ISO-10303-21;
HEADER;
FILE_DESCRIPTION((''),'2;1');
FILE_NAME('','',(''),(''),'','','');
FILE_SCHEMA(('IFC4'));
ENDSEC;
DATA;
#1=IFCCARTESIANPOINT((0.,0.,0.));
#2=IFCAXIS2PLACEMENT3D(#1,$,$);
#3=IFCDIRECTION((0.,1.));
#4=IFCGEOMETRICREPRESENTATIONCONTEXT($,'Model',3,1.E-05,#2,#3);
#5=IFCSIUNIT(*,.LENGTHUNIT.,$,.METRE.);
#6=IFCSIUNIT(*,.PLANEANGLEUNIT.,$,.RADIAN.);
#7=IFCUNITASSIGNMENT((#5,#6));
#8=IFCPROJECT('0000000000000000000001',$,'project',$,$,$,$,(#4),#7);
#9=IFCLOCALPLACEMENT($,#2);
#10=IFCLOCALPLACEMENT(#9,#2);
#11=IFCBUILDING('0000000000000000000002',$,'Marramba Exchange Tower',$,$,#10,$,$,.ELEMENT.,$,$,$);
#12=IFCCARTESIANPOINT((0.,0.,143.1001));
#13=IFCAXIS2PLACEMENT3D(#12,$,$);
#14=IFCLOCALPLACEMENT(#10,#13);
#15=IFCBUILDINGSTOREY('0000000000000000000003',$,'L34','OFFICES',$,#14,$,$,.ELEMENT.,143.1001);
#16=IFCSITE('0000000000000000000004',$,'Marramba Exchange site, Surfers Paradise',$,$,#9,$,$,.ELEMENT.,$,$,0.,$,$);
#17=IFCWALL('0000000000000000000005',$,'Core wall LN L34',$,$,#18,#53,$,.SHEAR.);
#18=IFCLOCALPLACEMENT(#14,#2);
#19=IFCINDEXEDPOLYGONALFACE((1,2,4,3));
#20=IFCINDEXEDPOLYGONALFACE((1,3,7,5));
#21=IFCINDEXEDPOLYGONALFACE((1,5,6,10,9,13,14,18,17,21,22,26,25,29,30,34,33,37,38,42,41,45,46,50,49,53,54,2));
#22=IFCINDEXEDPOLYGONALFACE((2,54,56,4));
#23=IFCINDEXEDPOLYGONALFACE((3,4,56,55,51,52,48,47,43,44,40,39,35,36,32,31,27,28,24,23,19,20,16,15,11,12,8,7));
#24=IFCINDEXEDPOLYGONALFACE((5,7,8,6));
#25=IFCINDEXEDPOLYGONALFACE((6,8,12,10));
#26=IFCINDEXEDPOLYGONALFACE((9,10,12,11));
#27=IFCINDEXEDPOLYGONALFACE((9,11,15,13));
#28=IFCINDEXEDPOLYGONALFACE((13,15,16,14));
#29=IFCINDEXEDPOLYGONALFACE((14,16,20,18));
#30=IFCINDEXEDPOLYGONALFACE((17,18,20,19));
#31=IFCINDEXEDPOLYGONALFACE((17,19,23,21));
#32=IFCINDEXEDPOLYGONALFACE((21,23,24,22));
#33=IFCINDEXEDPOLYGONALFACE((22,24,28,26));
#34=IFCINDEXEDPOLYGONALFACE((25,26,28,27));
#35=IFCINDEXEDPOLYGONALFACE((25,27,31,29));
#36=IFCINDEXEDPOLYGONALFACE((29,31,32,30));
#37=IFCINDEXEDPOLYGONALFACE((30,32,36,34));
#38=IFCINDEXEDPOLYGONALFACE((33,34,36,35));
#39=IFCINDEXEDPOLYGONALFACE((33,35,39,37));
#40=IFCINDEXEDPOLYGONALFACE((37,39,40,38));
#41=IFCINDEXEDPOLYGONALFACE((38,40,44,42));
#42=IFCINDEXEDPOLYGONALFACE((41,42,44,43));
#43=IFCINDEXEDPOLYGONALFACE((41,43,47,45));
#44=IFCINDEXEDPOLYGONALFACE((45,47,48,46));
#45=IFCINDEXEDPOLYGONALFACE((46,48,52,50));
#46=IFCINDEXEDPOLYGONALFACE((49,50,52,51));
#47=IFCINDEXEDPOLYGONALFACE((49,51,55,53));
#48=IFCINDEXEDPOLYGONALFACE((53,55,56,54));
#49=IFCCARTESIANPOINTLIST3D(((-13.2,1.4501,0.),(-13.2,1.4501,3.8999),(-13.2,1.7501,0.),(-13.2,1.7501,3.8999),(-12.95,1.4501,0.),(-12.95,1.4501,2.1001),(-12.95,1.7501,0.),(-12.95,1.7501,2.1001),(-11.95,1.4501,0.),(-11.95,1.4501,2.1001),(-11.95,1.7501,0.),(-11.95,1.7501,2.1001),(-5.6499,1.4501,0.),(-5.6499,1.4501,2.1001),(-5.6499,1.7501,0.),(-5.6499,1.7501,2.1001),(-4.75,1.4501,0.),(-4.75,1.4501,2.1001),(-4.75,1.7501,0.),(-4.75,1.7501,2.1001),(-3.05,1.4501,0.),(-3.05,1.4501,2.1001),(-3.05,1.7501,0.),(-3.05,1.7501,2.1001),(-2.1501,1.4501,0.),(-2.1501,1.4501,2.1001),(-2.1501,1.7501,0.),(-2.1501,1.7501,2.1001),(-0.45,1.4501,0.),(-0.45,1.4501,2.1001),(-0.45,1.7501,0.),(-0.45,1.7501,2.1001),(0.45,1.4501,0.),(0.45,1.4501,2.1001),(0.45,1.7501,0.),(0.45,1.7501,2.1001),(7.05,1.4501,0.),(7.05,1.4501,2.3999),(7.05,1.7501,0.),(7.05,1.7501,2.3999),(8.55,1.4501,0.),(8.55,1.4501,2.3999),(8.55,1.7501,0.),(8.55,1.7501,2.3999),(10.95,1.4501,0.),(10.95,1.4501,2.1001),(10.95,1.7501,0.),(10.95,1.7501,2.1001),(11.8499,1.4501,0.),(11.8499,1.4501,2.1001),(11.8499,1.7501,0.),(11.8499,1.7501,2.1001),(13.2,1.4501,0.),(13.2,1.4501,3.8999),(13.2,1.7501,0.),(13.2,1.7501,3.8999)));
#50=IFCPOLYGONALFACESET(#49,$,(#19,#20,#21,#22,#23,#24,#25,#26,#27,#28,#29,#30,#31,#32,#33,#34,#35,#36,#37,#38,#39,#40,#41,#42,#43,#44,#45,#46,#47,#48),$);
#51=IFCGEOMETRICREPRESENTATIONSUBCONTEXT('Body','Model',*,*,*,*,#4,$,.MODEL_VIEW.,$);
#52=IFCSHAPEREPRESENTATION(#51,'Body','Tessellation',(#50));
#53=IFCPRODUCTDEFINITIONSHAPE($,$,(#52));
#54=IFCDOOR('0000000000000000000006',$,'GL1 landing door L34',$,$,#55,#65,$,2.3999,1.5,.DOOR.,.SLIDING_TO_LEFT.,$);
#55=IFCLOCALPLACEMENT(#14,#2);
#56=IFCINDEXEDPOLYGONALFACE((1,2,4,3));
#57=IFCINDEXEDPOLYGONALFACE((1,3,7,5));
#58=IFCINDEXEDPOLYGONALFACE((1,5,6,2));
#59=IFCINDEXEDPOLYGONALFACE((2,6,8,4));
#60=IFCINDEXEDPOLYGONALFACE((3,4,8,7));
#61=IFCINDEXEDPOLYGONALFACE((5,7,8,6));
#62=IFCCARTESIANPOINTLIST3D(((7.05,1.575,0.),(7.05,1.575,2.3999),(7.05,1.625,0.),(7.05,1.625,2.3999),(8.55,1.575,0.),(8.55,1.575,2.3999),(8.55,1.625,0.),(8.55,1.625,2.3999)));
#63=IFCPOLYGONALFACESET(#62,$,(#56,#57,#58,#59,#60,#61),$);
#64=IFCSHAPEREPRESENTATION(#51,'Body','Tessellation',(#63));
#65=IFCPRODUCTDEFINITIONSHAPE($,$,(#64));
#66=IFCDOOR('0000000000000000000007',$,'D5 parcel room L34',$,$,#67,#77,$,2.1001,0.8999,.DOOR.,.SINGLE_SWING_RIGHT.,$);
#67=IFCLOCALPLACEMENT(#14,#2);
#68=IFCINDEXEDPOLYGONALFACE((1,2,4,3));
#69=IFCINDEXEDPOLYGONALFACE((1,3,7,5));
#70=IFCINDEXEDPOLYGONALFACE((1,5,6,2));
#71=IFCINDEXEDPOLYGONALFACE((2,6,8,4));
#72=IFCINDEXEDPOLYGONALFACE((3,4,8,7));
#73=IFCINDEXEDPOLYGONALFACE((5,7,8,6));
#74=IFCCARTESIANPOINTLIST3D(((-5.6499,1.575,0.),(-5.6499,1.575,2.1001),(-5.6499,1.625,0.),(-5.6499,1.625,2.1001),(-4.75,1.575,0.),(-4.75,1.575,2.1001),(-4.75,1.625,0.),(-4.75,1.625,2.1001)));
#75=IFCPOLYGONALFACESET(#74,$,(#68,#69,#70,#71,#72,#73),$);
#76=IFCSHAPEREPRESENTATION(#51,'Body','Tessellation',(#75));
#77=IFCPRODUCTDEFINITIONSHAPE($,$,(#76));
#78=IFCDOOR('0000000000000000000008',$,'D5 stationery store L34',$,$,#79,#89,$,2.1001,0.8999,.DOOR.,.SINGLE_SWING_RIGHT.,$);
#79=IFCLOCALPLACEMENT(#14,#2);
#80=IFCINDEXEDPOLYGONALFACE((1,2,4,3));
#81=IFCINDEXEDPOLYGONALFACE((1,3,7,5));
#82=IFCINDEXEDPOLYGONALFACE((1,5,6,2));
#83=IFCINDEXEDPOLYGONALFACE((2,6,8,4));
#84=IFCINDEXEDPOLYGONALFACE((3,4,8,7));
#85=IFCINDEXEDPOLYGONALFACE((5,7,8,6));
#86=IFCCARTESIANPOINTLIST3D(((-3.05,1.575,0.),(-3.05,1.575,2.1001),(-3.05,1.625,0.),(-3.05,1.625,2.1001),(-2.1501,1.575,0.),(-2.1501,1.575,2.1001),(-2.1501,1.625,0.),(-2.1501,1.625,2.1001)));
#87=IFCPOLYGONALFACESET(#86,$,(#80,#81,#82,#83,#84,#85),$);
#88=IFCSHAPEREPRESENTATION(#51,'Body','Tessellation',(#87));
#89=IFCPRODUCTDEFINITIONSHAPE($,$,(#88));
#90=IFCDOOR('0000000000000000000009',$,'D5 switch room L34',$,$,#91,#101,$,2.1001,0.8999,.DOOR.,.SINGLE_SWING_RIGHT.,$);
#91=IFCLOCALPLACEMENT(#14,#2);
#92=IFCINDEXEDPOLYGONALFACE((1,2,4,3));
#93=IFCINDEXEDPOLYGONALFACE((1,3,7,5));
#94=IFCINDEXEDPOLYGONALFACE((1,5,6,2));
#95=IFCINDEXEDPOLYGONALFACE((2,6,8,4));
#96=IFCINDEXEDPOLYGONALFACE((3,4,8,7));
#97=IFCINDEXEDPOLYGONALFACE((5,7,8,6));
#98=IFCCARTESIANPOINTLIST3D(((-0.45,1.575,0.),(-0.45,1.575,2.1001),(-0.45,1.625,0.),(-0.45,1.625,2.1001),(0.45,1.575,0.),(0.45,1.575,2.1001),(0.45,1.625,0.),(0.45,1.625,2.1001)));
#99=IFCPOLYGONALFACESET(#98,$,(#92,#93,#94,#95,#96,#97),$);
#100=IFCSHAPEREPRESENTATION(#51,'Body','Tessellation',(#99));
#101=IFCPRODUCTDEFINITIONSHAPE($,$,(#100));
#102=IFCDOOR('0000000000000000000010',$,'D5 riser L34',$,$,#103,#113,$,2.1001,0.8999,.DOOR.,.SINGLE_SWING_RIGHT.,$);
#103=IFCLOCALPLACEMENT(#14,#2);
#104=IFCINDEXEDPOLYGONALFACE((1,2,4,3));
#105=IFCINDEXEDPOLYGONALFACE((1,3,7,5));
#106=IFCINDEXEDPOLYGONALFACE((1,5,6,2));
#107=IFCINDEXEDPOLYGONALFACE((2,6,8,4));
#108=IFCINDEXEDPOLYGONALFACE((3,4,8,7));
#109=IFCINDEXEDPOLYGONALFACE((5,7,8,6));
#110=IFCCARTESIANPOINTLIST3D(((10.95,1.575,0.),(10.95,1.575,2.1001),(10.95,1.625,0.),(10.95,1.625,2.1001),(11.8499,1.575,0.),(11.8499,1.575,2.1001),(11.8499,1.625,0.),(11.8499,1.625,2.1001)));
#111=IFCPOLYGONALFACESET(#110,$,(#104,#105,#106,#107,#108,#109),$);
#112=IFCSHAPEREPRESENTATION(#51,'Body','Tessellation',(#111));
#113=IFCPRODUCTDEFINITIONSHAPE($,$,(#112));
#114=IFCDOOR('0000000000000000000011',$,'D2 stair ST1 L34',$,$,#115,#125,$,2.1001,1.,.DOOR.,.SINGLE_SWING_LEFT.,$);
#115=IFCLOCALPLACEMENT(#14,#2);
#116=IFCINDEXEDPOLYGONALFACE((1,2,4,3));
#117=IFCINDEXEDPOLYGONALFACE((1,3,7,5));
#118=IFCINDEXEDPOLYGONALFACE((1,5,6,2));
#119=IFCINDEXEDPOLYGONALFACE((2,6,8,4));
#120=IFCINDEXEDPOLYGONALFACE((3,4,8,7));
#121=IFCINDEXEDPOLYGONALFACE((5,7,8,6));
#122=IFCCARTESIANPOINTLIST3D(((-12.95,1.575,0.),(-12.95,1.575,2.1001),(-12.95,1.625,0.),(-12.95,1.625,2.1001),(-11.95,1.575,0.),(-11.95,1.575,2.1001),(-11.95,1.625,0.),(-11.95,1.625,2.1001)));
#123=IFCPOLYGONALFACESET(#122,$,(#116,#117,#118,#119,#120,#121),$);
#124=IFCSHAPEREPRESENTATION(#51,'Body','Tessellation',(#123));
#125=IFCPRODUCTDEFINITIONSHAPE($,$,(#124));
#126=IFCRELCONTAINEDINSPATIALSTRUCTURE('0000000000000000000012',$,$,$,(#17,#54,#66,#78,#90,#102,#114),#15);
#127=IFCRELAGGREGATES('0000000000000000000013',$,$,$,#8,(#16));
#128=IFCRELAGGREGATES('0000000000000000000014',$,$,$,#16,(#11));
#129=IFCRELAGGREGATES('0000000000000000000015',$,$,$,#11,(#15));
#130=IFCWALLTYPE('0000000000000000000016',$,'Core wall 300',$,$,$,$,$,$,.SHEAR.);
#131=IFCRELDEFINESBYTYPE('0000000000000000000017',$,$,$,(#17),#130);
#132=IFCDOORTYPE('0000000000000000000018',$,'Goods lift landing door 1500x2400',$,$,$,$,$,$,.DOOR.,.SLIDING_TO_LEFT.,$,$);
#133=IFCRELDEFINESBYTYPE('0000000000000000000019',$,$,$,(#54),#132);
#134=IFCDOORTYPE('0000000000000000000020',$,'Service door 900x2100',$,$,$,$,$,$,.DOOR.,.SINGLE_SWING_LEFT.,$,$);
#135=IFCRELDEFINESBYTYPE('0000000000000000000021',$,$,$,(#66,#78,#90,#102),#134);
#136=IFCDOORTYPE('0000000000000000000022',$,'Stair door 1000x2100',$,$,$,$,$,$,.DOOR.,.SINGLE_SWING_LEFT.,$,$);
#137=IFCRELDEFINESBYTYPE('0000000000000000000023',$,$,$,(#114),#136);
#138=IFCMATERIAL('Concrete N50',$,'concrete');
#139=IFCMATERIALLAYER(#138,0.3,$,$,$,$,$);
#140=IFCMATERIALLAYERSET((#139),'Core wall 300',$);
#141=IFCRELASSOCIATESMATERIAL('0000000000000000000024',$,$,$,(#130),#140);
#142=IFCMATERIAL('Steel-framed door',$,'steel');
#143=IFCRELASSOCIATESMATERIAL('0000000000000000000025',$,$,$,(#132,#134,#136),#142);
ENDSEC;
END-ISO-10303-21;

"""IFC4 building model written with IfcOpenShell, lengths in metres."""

from ifc_helpers import new_model, si_unit, direction, frame, frame_2d, origin, place, context, subcontext, project, spatial, rectangle, extrude, material, layer, layer_set, type_object, element, fill, save


model = new_model("IFC4")

# Units and contexts
model_context = context("Model", 3, precision=1e-05, world=origin(), true_north=direction((0.0, 1.0)))
body_context = subcontext(model_context, "Body", "Model", "MODEL_VIEW")
ifc_project = project(units=[si_unit("LENGTHUNIT", "METRE"), si_unit("PLANEANGLEUNIT", "RADIAN")], contexts=[model_context])

# Site, building, storey
site_placement = place(None, origin())
site = spatial("IfcSite", under=ifc_project, at=site_placement, Name="Marramba Exchange site, Surfers Paradise", CompositionType="ELEMENT", RefElevation=0.0)
building_placement = place(site_placement, origin())
building = spatial("IfcBuilding", under=site, at=building_placement, Name="Marramba Exchange Tower", CompositionType="ELEMENT")
storey_placement = place(building_placement, frame((0.0, 0.0, 143.1001)))
storey = spatial("IfcBuildingStorey", under=building, at=storey_placement, Name="L34", Description="OFFICES", CompositionType="ELEMENT", Elevation=143.1001)

# Wall, openings, doors
ifc_material_1 = material(Name="Concrete N50", Category="concrete")
ifc_layer_1 = layer(ifc_material_1, 0.3)
ifc_layer_set_1 = layer_set([ifc_layer_1], Name="Core wall 300")
wall_type_1 = type_object("IfcWallType", Name="Core wall 300", PredefinedType="SHEAR", material=ifc_layer_set_1)
wall_1_placement = place(storey_placement, frame((-13.2, 1.6001, 0.0), z_axis=(0.0, 0.0, 1.0), x_axis=(1.0, 0.0, 0.0)))
wall_1 = element("IfcWall", 1, at=wall_1_placement, inside=storey, type_object=wall_type_1, Name="Core wall LN L34", PredefinedType="SHEAR", context=body_context, shape_type="SweptSolid", body=[
    extrude(rectangle(XDim=26.3999, YDim=0.3, at=frame_2d((13.2, 0.0))), origin(), (0.0, 0.0, 1.0), 3.8999),
])
opening_1_placement = place(wall_1_placement, frame((0.25, 0.0, 0.0)))
opening_1 = element("IfcOpeningElement", 2, at=opening_1_placement, cuts=wall_1, PredefinedType="OPENING", context=body_context, shape_type="SweptSolid", body=[
    extrude(rectangle(XDim=1.0, YDim=2.1001, at=frame_2d((0.5, 1.05))), frame((0.0, 0.1599, 0.0), z_axis=(0.0, -1.0, 0.0), x_axis=(1.0, 0.0, 0.0)), (0.0, 0.0, 1.0), 0.3201),
])
opening_2_placement = place(wall_1_placement, frame((20.25, 0.0, 0.0)))
opening_2 = element("IfcOpeningElement", 3, at=opening_2_placement, cuts=wall_1, PredefinedType="OPENING", context=body_context, shape_type="SweptSolid", body=[
    extrude(rectangle(XDim=1.5, YDim=2.3999, at=frame_2d((0.75, 1.2))), frame((0.0, 0.1599, 0.0), z_axis=(0.0, -1.0, 0.0), x_axis=(1.0, 0.0, 0.0)), (0.0, 0.0, 1.0), 0.3201),
])
opening_3_placement = place(wall_1_placement, frame((7.55, 0.0, 0.0)))
opening_3 = element("IfcOpeningElement", 4, at=opening_3_placement, cuts=wall_1, PredefinedType="OPENING", context=body_context, shape_type="SweptSolid", body=[
    extrude(rectangle(XDim=0.8999, YDim=2.1001, at=frame_2d((0.45, 1.05))), frame((0.0, 0.1599, 0.0), z_axis=(0.0, -1.0, 0.0), x_axis=(1.0, 0.0, 0.0)), (0.0, 0.0, 1.0), 0.3201),
])
opening_4_placement = place(wall_1_placement, frame((10.1499, 0.0, 0.0)))
opening_4 = element("IfcOpeningElement", 5, at=opening_4_placement, cuts=wall_1, PredefinedType="OPENING", context=body_context, shape_type="SweptSolid", body=[
    extrude(rectangle(XDim=0.8999, YDim=2.1001, at=frame_2d((0.45, 1.05))), frame((0.0, 0.1599, 0.0), z_axis=(0.0, -1.0, 0.0), x_axis=(1.0, 0.0, 0.0)), (0.0, 0.0, 1.0), 0.3201),
])
opening_5_placement = place(wall_1_placement, frame((12.75, 0.0, 0.0)))
opening_5 = element("IfcOpeningElement", 6, at=opening_5_placement, cuts=wall_1, PredefinedType="OPENING", context=body_context, shape_type="SweptSolid", body=[
    extrude(rectangle(XDim=0.8999, YDim=2.1001, at=frame_2d((0.45, 1.05))), frame((0.0, 0.1599, 0.0), z_axis=(0.0, -1.0, 0.0), x_axis=(1.0, 0.0, 0.0)), (0.0, 0.0, 1.0), 0.3201),
])
opening_6_placement = place(wall_1_placement, frame((24.1499, 0.0, 0.0)))
opening_6 = element("IfcOpeningElement", 7, at=opening_6_placement, cuts=wall_1, PredefinedType="OPENING", context=body_context, shape_type="SweptSolid", body=[
    extrude(rectangle(XDim=0.8999, YDim=2.1001, at=frame_2d((0.45, 1.05))), frame((0.0, 0.1599, 0.0), z_axis=(0.0, -1.0, 0.0), x_axis=(1.0, 0.0, 0.0)), (0.0, 0.0, 1.0), 0.3201),
])
ifc_material_2 = material(Name="Steel-framed door", Category="steel")
door_type_1 = type_object("IfcDoorType", Name="Goods lift landing door 1500x2400", OperationType="SLIDING_TO_LEFT", PredefinedType="DOOR", material=ifc_material_2)
door_1_placement = place(opening_2_placement, origin())
door_1 = element("IfcDoor", 8, at=door_1_placement, inside=storey, type_object=door_type_1, Name="GL1 landing door L34", OperationType="SLIDING_TO_LEFT", OverallHeight=2.3999, OverallWidth=1.5, PredefinedType="DOOR", context=body_context, shape_type="SweptSolid", body=[
    extrude(rectangle(XDim=1.5, YDim=2.3999, at=frame_2d((0.75, 1.2))), frame((0.0, 0.0249, 0.0), z_axis=(0.0, -1.0, 0.0), x_axis=(1.0, 0.0, 0.0)), (0.0, 0.0, 1.0), 0.05),
])
fill(opening_2, door_1)
door_type_2 = type_object("IfcDoorType", Name="Service door 900x2100", OperationType="SINGLE_SWING_LEFT", PredefinedType="DOOR", material=ifc_material_2)
door_2_placement = place(opening_3_placement, origin())
door_2 = element("IfcDoor", 9, at=door_2_placement, inside=storey, type_object=door_type_2, Name="D5 parcel room L34", OperationType="SINGLE_SWING_RIGHT", OverallHeight=2.1001, OverallWidth=0.8999, PredefinedType="DOOR", context=body_context, shape_type="SweptSolid", body=[
    extrude(rectangle(XDim=0.8999, YDim=2.1001, at=frame_2d((0.45, 1.05))), frame((0.0, 0.0249, 0.0), z_axis=(0.0, -1.0, 0.0), x_axis=(1.0, 0.0, 0.0)), (0.0, 0.0, 1.0), 0.05),
])
fill(opening_3, door_2)
door_3_placement = place(opening_4_placement, origin())
door_3 = element("IfcDoor", 10, at=door_3_placement, inside=storey, type_object=door_type_2, Name="D5 stationery store L34", OperationType="SINGLE_SWING_RIGHT", OverallHeight=2.1001, OverallWidth=0.8999, PredefinedType="DOOR", context=body_context, shape_type="SweptSolid", body=[
    extrude(rectangle(XDim=0.8999, YDim=2.1001, at=frame_2d((0.45, 1.05))), frame((0.0, 0.0249, 0.0), z_axis=(0.0, -1.0, 0.0), x_axis=(1.0, 0.0, 0.0)), (0.0, 0.0, 1.0), 0.05),
])
fill(opening_4, door_3)
door_4_placement = place(opening_5_placement, origin())
door_4 = element("IfcDoor", 11, at=door_4_placement, inside=storey, type_object=door_type_2, Name="D5 switch room L34", OperationType="SINGLE_SWING_RIGHT", OverallHeight=2.1001, OverallWidth=0.8999, PredefinedType="DOOR", context=body_context, shape_type="SweptSolid", body=[
    extrude(rectangle(XDim=0.8999, YDim=2.1001, at=frame_2d((0.45, 1.05))), frame((0.0, 0.0249, 0.0), z_axis=(0.0, -1.0, 0.0), x_axis=(1.0, 0.0, 0.0)), (0.0, 0.0, 1.0), 0.05),
])
fill(opening_5, door_4)
door_5_placement = place(opening_6_placement, origin())
door_5 = element("IfcDoor", 12, at=door_5_placement, inside=storey, type_object=door_type_2, Name="D5 riser L34", OperationType="SINGLE_SWING_RIGHT", OverallHeight=2.1001, OverallWidth=0.8999, PredefinedType="DOOR", context=body_context, shape_type="SweptSolid", body=[
    extrude(rectangle(XDim=0.8999, YDim=2.1001, at=frame_2d((0.45, 1.05))), frame((0.0, 0.0249, 0.0), z_axis=(0.0, -1.0, 0.0), x_axis=(1.0, 0.0, 0.0)), (0.0, 0.0, 1.0), 0.05),
])
fill(opening_6, door_5)
door_type_3 = type_object("IfcDoorType", Name="Stair door 1000x2100", OperationType="SINGLE_SWING_LEFT", PredefinedType="DOOR", material=ifc_material_2)
door_6_placement = place(opening_1_placement, origin())
door_6 = element("IfcDoor", 13, at=door_6_placement, inside=storey, type_object=door_type_3, Name="D2 stair ST1 L34", OperationType="SINGLE_SWING_LEFT", OverallHeight=2.1001, OverallWidth=1.0, PredefinedType="DOOR", context=body_context, shape_type="SweptSolid", body=[
    extrude(rectangle(XDim=1.0, YDim=2.1001, at=frame_2d((0.5, 1.05))), frame((0.0, 0.0249, 0.0), z_axis=(0.0, -1.0, 0.0), x_axis=(1.0, 0.0, 0.0)), (0.0, 0.0, 1.0), 0.05),
])
fill(opening_1, door_6)

save(model, "model.ifc")
